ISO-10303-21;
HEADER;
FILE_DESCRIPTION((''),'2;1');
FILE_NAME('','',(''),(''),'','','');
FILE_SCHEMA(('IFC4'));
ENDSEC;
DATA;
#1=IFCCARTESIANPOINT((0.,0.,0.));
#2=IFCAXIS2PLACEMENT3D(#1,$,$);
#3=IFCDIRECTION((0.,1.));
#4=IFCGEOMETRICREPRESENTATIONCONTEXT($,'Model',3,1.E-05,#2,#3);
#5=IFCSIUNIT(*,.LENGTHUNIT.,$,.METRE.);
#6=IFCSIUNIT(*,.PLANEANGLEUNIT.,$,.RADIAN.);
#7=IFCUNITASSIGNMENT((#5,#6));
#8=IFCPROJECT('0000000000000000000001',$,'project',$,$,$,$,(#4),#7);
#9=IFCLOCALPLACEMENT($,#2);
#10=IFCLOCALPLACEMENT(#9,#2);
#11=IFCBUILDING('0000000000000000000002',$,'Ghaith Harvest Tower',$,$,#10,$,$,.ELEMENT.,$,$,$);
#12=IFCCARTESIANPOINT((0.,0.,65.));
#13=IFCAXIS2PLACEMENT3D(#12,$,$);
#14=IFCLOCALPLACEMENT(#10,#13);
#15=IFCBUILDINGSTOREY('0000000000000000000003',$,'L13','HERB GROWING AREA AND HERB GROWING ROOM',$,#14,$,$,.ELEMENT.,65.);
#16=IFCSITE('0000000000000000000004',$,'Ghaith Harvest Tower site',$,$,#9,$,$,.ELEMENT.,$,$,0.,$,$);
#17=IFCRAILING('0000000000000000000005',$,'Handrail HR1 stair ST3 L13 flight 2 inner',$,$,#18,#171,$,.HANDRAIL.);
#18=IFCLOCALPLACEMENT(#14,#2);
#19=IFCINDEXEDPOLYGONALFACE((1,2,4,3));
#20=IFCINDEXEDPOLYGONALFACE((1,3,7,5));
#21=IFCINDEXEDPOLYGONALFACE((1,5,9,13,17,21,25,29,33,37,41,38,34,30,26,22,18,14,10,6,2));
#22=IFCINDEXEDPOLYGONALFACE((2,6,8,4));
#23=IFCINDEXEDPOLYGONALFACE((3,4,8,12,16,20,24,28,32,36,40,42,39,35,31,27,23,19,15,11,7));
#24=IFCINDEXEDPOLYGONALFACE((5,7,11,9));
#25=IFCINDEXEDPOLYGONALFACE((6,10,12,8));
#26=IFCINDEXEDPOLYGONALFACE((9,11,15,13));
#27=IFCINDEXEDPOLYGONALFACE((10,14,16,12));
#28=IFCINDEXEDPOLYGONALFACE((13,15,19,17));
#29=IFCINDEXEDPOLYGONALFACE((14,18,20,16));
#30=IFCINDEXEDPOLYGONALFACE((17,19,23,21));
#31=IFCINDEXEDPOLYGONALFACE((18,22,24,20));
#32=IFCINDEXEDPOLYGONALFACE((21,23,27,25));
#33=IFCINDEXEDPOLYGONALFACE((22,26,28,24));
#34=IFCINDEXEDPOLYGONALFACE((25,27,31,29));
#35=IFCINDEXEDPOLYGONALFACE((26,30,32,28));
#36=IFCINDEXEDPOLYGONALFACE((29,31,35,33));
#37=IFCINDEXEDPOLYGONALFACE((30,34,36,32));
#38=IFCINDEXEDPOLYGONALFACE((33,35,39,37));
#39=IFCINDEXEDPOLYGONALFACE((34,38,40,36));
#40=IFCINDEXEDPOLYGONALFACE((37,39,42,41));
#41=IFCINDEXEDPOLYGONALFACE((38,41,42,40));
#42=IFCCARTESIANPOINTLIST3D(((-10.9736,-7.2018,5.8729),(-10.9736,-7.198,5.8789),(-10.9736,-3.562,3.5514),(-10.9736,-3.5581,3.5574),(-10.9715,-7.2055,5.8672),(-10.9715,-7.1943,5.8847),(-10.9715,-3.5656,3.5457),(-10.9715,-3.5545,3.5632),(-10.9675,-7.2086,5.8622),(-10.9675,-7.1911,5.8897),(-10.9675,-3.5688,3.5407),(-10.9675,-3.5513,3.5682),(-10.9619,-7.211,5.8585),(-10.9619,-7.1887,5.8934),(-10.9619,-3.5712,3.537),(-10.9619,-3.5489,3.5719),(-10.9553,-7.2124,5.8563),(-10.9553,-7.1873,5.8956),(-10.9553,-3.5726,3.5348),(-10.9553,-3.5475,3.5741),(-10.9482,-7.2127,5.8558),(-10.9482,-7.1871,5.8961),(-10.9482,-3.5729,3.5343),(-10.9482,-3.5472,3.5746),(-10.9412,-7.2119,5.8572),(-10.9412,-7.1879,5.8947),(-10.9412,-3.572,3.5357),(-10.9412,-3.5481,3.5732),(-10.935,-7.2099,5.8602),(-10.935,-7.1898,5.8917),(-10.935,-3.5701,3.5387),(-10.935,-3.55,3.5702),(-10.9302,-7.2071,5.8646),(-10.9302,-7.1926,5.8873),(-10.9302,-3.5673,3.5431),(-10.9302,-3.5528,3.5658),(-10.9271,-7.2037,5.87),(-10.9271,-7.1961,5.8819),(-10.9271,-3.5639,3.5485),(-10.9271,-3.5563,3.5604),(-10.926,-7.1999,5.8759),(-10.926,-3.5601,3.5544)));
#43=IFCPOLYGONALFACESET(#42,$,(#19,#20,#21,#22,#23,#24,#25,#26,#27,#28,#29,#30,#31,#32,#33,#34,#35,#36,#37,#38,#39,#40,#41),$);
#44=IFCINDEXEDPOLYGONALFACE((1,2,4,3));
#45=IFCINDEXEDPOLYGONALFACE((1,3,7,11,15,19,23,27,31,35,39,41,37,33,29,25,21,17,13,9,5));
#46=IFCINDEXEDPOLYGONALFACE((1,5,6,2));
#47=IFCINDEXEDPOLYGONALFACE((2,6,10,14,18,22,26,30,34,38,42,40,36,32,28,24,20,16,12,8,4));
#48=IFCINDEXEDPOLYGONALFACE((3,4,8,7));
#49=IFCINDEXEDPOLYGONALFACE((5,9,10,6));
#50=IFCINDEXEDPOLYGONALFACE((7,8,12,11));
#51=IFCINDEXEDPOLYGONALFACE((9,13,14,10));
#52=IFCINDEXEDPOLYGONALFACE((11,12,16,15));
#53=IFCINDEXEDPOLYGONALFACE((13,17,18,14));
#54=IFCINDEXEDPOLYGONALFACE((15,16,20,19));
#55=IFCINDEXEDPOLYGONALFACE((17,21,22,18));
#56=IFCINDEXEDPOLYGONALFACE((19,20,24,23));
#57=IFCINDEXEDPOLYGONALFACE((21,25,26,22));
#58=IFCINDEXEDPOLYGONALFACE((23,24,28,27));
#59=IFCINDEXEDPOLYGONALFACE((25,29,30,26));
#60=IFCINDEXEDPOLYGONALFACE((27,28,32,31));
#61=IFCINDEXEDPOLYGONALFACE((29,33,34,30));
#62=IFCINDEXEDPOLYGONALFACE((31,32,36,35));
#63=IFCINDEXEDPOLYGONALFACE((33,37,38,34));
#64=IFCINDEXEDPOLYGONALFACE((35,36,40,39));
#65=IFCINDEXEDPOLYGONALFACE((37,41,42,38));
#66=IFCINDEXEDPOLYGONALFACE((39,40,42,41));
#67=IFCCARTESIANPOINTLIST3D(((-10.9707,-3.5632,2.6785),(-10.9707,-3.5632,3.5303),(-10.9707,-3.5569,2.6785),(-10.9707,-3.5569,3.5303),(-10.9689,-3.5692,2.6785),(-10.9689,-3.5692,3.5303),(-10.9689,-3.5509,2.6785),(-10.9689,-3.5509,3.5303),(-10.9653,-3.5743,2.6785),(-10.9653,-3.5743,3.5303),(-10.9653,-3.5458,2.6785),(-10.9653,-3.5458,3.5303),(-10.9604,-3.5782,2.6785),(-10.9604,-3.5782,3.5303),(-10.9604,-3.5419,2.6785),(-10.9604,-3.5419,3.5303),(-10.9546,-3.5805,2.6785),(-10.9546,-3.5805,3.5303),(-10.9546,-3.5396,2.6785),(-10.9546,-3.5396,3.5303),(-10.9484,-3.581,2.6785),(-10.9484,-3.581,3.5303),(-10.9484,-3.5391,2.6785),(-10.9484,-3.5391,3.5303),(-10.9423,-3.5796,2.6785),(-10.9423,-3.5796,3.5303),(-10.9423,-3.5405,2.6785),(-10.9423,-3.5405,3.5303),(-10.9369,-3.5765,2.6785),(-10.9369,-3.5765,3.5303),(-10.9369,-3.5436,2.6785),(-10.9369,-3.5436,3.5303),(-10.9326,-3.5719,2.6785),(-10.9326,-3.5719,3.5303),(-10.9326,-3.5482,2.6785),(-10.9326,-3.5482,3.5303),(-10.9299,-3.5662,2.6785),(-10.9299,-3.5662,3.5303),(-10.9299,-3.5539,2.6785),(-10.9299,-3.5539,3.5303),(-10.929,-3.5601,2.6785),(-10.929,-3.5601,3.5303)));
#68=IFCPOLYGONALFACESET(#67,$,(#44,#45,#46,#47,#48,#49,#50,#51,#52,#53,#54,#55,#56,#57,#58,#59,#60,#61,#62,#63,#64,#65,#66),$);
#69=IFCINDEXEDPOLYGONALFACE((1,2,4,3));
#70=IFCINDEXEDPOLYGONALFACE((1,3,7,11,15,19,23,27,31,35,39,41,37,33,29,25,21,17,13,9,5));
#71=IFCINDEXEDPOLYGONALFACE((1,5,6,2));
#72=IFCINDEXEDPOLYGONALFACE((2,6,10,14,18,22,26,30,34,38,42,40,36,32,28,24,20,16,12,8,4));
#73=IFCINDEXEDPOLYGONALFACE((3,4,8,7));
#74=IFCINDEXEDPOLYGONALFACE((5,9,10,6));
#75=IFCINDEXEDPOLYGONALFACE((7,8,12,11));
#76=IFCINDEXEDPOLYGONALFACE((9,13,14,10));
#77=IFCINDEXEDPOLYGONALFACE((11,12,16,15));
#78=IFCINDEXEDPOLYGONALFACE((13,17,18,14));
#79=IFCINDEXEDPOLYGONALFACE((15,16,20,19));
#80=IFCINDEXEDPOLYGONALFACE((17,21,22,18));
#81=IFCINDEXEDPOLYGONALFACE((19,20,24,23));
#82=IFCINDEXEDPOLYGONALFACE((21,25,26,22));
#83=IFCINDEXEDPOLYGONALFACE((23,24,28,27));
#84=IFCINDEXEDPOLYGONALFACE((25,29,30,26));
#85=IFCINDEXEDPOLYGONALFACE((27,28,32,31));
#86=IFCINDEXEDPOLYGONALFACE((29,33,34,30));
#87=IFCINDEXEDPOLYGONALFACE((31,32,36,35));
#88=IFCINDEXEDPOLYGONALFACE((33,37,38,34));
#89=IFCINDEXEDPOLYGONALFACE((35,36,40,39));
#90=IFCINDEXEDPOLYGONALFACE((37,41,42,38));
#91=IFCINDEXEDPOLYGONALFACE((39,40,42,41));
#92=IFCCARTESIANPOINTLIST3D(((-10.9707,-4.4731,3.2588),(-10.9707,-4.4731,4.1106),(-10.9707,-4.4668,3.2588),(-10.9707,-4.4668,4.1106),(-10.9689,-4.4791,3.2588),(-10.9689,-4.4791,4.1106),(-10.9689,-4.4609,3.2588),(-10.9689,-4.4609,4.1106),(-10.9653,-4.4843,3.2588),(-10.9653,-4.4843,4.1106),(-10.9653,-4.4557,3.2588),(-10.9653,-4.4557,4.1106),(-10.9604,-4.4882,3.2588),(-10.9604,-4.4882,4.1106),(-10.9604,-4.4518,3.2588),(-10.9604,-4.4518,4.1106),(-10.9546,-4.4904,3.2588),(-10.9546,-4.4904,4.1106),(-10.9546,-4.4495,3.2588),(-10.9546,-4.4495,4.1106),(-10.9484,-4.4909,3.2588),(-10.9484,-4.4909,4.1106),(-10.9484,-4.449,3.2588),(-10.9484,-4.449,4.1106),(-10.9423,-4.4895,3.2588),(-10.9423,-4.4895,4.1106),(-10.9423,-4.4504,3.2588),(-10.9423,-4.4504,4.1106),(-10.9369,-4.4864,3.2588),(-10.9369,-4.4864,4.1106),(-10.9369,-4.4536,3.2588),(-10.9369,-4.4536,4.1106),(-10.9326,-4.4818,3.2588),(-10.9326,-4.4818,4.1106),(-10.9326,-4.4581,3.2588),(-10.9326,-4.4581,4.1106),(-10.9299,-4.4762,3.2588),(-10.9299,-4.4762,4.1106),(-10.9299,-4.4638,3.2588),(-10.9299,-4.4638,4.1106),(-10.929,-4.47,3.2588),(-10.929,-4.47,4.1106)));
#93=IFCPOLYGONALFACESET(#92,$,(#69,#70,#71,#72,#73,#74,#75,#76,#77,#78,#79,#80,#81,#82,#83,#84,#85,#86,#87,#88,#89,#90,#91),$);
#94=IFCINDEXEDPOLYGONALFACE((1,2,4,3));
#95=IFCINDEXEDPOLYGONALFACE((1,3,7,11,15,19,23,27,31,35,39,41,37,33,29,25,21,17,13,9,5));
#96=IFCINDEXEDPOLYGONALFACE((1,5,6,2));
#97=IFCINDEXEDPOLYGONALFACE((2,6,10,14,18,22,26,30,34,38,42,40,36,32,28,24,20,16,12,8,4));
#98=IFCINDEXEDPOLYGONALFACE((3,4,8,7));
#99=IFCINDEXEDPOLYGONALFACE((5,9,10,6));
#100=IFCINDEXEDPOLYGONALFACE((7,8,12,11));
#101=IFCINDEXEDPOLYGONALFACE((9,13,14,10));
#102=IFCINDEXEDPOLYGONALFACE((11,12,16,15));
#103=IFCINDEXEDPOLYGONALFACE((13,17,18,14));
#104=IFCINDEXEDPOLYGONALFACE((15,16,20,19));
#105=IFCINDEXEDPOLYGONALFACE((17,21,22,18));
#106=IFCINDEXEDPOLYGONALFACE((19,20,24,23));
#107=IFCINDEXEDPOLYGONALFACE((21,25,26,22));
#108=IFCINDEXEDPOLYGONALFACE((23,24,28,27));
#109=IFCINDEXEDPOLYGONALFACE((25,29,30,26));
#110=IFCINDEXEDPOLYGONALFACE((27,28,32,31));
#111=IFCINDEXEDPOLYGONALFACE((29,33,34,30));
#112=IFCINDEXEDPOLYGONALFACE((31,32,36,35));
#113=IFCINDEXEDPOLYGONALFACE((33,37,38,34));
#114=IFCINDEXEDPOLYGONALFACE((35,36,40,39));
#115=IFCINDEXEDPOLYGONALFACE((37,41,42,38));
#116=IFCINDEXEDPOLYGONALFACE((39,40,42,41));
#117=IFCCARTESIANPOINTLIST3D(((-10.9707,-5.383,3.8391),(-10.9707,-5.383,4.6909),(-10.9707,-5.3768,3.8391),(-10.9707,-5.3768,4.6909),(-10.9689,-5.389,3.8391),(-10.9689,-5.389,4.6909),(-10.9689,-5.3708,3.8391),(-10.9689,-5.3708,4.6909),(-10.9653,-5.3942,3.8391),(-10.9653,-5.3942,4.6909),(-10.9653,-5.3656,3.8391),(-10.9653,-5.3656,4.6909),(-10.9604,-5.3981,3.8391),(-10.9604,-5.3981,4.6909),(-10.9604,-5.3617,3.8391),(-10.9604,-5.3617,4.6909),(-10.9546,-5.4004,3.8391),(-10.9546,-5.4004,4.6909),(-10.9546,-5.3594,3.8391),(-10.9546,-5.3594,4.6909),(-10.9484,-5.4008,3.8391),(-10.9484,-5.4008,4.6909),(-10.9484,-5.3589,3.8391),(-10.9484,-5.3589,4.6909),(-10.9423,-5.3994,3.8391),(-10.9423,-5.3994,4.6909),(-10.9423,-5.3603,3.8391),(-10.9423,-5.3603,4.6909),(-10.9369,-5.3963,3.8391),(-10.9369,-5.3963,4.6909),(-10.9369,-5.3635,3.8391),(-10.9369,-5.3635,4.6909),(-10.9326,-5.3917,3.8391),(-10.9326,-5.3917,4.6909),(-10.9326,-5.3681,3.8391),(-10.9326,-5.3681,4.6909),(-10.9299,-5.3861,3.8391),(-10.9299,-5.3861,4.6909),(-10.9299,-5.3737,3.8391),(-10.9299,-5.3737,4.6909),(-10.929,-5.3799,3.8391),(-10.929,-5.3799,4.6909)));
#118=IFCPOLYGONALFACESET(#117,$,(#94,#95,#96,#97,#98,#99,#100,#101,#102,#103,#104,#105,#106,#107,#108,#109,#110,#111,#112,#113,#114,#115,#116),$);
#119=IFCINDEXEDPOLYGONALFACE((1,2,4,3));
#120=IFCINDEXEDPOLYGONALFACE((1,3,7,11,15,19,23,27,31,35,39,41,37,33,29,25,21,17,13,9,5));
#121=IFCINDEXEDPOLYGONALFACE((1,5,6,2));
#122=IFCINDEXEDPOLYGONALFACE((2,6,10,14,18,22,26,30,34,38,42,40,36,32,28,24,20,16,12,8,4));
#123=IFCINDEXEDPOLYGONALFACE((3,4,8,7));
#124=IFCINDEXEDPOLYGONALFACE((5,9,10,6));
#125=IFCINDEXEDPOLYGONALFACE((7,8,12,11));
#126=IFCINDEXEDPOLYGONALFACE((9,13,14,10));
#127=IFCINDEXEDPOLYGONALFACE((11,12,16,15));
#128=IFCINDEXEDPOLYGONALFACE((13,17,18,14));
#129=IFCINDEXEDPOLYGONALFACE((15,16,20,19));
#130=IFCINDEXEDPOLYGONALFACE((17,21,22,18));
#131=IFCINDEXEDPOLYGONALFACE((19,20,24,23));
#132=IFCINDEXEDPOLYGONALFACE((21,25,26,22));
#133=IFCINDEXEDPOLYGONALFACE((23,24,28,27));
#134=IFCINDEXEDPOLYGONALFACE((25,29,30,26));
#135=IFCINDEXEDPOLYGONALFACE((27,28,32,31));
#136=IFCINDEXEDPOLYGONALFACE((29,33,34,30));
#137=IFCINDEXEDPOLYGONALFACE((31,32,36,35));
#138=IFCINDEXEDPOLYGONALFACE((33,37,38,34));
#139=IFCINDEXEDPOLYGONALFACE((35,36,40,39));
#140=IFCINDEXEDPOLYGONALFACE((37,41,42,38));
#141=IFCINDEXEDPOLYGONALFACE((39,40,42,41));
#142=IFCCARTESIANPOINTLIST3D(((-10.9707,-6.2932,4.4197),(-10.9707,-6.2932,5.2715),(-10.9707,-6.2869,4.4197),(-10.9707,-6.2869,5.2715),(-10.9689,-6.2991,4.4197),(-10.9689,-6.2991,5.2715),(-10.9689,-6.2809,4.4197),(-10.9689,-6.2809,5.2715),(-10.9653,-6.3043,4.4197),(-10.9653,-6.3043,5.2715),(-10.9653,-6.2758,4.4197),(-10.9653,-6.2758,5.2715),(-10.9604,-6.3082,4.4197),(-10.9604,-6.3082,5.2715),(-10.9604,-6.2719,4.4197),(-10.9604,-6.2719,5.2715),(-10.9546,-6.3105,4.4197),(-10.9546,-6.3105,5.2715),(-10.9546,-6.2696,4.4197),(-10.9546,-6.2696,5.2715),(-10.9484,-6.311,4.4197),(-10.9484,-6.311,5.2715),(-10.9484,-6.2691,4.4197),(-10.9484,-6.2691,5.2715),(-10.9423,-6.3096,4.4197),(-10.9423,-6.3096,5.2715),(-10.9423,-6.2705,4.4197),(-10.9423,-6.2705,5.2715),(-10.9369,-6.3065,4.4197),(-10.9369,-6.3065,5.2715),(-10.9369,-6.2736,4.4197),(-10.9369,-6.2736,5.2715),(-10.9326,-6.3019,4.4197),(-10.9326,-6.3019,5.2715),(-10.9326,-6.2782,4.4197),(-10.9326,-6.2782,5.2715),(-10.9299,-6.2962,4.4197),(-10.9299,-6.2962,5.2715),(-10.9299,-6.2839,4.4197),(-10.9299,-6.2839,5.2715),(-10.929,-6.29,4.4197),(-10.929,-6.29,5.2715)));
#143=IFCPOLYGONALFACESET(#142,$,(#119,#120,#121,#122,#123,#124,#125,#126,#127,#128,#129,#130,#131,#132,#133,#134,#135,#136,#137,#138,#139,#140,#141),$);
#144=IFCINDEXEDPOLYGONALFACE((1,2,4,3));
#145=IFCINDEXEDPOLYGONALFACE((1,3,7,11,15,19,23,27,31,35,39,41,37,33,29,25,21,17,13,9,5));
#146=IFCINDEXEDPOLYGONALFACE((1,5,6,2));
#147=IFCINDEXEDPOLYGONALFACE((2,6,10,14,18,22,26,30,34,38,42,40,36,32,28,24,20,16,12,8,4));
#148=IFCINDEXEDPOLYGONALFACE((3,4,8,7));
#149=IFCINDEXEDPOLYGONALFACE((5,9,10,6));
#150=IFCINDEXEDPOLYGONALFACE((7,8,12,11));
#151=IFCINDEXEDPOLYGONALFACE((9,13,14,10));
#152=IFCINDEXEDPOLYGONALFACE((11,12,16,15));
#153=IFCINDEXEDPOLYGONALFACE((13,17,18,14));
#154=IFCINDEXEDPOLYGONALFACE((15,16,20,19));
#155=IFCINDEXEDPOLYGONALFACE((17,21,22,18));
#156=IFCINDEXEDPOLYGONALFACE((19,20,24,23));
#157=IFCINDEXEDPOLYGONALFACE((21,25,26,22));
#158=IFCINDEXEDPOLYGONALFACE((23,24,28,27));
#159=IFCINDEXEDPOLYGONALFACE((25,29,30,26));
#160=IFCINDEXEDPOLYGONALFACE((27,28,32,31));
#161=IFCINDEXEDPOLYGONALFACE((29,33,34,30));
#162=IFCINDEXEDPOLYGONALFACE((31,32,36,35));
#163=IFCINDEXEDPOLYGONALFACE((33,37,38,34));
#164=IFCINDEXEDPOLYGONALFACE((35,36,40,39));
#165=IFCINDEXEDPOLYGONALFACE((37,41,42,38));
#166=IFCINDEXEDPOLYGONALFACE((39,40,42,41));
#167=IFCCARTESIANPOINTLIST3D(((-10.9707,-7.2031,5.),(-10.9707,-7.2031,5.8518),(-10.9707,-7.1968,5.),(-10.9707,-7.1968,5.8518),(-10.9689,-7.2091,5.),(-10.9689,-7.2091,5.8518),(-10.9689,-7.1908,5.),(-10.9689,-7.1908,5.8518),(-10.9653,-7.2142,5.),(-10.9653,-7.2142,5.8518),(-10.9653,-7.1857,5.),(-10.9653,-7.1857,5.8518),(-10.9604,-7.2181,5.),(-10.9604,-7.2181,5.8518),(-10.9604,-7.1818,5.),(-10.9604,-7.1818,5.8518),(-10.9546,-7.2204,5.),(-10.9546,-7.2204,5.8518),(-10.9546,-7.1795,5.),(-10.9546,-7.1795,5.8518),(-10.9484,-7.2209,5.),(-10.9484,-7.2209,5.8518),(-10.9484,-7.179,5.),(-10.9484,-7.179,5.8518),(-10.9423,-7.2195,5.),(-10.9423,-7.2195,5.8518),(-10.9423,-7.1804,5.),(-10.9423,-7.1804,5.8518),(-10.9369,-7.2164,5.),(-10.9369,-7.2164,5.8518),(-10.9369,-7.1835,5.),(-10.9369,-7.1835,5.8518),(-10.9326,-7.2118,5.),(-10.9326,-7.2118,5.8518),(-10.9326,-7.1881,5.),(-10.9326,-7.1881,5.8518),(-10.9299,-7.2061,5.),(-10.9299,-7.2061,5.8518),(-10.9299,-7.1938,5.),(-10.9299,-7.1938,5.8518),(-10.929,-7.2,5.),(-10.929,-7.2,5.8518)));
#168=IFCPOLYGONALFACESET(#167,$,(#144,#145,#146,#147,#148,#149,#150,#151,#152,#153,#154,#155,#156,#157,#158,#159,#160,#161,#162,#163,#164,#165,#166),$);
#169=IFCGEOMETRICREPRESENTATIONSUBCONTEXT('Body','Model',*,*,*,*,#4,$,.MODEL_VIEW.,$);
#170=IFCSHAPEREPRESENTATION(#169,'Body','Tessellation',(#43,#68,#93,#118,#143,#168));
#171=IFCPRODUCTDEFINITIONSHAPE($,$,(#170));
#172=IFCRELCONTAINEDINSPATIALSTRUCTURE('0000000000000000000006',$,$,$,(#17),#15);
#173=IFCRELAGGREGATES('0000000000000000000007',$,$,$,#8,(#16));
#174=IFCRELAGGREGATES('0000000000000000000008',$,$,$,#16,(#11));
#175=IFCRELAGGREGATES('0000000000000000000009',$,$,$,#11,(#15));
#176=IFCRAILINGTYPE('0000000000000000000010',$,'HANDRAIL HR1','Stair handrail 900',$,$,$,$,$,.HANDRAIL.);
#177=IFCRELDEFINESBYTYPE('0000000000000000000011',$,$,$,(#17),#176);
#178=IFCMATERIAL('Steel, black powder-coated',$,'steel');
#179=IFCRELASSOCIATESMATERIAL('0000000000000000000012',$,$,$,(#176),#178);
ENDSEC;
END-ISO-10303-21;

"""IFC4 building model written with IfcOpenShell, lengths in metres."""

from ifc_helpers import new_model, si_unit, direction, frame, origin, origin_2d, place, context, subcontext, project, spatial, circle, extrude, material, type_object, element, save


model = new_model("IFC4")

# Units and contexts
model_context = context("Model", 3, precision=1e-05, world=origin(), true_north=direction((0.0, 1.0)))
body_context = subcontext(model_context, "Body", "Model", "MODEL_VIEW")
ifc_project = project(units=[si_unit("LENGTHUNIT", "METRE"), si_unit("PLANEANGLEUNIT", "RADIAN")], contexts=[model_context])

# Site, building, storey
site_placement = place(None, origin())
site = spatial("IfcSite", under=ifc_project, at=site_placement, Name="Ghaith Harvest Tower site", CompositionType="ELEMENT", RefElevation=0.0)
building_placement = place(site_placement, origin())
building = spatial("IfcBuilding", under=site, at=building_placement, Name="Ghaith Harvest Tower", CompositionType="ELEMENT")
storey_placement = place(building_placement, frame((0.0, 0.0, 65.0)))
storey = spatial("IfcBuildingStorey", under=building, at=storey_placement, Name="L13", Description="HERB GROWING AREA AND HERB GROWING ROOM", CompositionType="ELEMENT", Elevation=65.0)

# Railing
ifc_material_1 = material(Name="Steel, black powder-coated", Category="steel")
railing_type = type_object("IfcRailingType", Name="HANDRAIL HR1", Description="Stair handrail 900", PredefinedType="HANDRAIL", material=ifc_material_1)
railing_1_placement = place(storey_placement, frame((-10.95, -3.5601, 2.6785)))
element("IfcRailing", 1, at=railing_1_placement, inside=storey, type_object=railing_type, Name="Handrail HR1 stair ST3 L13 flight 2 inner", PredefinedType="HANDRAIL", context=body_context, shape_type="SweptSolid", body=[
    extrude(circle(Radius=0.0239, at=origin_2d()), frame((0.0, 0.0, 0.876), z_axis=(0.0, -0.843112, 0.537739), x_axis=(1.0, 0.0, 0.0)), (0.0, 0.0, 1.0), 4.3171),
    extrude(circle(Radius=0.021, at=origin_2d()), origin(), (0.0, 0.0, 1.0), 0.8518),
    extrude(circle(Radius=0.021, at=origin_2d()), frame((0.0, -0.9099, 0.5803)), (0.0, 0.0, 1.0), 0.8518),
    extrude(circle(Radius=0.021, at=origin_2d()), frame((0.0, -1.8198, 1.1606)), (0.0, 0.0, 1.0), 0.8518),
    extrude(circle(Radius=0.021, at=origin_2d()), frame((0.0, -2.73, 1.7412)), (0.0, 0.0, 1.0), 0.8518),
    extrude(circle(Radius=0.021, at=origin_2d()), frame((0.0, -3.6399, 2.3215)), (0.0, 0.0, 1.0), 0.8518),
])

save(model, "model.ifc")
